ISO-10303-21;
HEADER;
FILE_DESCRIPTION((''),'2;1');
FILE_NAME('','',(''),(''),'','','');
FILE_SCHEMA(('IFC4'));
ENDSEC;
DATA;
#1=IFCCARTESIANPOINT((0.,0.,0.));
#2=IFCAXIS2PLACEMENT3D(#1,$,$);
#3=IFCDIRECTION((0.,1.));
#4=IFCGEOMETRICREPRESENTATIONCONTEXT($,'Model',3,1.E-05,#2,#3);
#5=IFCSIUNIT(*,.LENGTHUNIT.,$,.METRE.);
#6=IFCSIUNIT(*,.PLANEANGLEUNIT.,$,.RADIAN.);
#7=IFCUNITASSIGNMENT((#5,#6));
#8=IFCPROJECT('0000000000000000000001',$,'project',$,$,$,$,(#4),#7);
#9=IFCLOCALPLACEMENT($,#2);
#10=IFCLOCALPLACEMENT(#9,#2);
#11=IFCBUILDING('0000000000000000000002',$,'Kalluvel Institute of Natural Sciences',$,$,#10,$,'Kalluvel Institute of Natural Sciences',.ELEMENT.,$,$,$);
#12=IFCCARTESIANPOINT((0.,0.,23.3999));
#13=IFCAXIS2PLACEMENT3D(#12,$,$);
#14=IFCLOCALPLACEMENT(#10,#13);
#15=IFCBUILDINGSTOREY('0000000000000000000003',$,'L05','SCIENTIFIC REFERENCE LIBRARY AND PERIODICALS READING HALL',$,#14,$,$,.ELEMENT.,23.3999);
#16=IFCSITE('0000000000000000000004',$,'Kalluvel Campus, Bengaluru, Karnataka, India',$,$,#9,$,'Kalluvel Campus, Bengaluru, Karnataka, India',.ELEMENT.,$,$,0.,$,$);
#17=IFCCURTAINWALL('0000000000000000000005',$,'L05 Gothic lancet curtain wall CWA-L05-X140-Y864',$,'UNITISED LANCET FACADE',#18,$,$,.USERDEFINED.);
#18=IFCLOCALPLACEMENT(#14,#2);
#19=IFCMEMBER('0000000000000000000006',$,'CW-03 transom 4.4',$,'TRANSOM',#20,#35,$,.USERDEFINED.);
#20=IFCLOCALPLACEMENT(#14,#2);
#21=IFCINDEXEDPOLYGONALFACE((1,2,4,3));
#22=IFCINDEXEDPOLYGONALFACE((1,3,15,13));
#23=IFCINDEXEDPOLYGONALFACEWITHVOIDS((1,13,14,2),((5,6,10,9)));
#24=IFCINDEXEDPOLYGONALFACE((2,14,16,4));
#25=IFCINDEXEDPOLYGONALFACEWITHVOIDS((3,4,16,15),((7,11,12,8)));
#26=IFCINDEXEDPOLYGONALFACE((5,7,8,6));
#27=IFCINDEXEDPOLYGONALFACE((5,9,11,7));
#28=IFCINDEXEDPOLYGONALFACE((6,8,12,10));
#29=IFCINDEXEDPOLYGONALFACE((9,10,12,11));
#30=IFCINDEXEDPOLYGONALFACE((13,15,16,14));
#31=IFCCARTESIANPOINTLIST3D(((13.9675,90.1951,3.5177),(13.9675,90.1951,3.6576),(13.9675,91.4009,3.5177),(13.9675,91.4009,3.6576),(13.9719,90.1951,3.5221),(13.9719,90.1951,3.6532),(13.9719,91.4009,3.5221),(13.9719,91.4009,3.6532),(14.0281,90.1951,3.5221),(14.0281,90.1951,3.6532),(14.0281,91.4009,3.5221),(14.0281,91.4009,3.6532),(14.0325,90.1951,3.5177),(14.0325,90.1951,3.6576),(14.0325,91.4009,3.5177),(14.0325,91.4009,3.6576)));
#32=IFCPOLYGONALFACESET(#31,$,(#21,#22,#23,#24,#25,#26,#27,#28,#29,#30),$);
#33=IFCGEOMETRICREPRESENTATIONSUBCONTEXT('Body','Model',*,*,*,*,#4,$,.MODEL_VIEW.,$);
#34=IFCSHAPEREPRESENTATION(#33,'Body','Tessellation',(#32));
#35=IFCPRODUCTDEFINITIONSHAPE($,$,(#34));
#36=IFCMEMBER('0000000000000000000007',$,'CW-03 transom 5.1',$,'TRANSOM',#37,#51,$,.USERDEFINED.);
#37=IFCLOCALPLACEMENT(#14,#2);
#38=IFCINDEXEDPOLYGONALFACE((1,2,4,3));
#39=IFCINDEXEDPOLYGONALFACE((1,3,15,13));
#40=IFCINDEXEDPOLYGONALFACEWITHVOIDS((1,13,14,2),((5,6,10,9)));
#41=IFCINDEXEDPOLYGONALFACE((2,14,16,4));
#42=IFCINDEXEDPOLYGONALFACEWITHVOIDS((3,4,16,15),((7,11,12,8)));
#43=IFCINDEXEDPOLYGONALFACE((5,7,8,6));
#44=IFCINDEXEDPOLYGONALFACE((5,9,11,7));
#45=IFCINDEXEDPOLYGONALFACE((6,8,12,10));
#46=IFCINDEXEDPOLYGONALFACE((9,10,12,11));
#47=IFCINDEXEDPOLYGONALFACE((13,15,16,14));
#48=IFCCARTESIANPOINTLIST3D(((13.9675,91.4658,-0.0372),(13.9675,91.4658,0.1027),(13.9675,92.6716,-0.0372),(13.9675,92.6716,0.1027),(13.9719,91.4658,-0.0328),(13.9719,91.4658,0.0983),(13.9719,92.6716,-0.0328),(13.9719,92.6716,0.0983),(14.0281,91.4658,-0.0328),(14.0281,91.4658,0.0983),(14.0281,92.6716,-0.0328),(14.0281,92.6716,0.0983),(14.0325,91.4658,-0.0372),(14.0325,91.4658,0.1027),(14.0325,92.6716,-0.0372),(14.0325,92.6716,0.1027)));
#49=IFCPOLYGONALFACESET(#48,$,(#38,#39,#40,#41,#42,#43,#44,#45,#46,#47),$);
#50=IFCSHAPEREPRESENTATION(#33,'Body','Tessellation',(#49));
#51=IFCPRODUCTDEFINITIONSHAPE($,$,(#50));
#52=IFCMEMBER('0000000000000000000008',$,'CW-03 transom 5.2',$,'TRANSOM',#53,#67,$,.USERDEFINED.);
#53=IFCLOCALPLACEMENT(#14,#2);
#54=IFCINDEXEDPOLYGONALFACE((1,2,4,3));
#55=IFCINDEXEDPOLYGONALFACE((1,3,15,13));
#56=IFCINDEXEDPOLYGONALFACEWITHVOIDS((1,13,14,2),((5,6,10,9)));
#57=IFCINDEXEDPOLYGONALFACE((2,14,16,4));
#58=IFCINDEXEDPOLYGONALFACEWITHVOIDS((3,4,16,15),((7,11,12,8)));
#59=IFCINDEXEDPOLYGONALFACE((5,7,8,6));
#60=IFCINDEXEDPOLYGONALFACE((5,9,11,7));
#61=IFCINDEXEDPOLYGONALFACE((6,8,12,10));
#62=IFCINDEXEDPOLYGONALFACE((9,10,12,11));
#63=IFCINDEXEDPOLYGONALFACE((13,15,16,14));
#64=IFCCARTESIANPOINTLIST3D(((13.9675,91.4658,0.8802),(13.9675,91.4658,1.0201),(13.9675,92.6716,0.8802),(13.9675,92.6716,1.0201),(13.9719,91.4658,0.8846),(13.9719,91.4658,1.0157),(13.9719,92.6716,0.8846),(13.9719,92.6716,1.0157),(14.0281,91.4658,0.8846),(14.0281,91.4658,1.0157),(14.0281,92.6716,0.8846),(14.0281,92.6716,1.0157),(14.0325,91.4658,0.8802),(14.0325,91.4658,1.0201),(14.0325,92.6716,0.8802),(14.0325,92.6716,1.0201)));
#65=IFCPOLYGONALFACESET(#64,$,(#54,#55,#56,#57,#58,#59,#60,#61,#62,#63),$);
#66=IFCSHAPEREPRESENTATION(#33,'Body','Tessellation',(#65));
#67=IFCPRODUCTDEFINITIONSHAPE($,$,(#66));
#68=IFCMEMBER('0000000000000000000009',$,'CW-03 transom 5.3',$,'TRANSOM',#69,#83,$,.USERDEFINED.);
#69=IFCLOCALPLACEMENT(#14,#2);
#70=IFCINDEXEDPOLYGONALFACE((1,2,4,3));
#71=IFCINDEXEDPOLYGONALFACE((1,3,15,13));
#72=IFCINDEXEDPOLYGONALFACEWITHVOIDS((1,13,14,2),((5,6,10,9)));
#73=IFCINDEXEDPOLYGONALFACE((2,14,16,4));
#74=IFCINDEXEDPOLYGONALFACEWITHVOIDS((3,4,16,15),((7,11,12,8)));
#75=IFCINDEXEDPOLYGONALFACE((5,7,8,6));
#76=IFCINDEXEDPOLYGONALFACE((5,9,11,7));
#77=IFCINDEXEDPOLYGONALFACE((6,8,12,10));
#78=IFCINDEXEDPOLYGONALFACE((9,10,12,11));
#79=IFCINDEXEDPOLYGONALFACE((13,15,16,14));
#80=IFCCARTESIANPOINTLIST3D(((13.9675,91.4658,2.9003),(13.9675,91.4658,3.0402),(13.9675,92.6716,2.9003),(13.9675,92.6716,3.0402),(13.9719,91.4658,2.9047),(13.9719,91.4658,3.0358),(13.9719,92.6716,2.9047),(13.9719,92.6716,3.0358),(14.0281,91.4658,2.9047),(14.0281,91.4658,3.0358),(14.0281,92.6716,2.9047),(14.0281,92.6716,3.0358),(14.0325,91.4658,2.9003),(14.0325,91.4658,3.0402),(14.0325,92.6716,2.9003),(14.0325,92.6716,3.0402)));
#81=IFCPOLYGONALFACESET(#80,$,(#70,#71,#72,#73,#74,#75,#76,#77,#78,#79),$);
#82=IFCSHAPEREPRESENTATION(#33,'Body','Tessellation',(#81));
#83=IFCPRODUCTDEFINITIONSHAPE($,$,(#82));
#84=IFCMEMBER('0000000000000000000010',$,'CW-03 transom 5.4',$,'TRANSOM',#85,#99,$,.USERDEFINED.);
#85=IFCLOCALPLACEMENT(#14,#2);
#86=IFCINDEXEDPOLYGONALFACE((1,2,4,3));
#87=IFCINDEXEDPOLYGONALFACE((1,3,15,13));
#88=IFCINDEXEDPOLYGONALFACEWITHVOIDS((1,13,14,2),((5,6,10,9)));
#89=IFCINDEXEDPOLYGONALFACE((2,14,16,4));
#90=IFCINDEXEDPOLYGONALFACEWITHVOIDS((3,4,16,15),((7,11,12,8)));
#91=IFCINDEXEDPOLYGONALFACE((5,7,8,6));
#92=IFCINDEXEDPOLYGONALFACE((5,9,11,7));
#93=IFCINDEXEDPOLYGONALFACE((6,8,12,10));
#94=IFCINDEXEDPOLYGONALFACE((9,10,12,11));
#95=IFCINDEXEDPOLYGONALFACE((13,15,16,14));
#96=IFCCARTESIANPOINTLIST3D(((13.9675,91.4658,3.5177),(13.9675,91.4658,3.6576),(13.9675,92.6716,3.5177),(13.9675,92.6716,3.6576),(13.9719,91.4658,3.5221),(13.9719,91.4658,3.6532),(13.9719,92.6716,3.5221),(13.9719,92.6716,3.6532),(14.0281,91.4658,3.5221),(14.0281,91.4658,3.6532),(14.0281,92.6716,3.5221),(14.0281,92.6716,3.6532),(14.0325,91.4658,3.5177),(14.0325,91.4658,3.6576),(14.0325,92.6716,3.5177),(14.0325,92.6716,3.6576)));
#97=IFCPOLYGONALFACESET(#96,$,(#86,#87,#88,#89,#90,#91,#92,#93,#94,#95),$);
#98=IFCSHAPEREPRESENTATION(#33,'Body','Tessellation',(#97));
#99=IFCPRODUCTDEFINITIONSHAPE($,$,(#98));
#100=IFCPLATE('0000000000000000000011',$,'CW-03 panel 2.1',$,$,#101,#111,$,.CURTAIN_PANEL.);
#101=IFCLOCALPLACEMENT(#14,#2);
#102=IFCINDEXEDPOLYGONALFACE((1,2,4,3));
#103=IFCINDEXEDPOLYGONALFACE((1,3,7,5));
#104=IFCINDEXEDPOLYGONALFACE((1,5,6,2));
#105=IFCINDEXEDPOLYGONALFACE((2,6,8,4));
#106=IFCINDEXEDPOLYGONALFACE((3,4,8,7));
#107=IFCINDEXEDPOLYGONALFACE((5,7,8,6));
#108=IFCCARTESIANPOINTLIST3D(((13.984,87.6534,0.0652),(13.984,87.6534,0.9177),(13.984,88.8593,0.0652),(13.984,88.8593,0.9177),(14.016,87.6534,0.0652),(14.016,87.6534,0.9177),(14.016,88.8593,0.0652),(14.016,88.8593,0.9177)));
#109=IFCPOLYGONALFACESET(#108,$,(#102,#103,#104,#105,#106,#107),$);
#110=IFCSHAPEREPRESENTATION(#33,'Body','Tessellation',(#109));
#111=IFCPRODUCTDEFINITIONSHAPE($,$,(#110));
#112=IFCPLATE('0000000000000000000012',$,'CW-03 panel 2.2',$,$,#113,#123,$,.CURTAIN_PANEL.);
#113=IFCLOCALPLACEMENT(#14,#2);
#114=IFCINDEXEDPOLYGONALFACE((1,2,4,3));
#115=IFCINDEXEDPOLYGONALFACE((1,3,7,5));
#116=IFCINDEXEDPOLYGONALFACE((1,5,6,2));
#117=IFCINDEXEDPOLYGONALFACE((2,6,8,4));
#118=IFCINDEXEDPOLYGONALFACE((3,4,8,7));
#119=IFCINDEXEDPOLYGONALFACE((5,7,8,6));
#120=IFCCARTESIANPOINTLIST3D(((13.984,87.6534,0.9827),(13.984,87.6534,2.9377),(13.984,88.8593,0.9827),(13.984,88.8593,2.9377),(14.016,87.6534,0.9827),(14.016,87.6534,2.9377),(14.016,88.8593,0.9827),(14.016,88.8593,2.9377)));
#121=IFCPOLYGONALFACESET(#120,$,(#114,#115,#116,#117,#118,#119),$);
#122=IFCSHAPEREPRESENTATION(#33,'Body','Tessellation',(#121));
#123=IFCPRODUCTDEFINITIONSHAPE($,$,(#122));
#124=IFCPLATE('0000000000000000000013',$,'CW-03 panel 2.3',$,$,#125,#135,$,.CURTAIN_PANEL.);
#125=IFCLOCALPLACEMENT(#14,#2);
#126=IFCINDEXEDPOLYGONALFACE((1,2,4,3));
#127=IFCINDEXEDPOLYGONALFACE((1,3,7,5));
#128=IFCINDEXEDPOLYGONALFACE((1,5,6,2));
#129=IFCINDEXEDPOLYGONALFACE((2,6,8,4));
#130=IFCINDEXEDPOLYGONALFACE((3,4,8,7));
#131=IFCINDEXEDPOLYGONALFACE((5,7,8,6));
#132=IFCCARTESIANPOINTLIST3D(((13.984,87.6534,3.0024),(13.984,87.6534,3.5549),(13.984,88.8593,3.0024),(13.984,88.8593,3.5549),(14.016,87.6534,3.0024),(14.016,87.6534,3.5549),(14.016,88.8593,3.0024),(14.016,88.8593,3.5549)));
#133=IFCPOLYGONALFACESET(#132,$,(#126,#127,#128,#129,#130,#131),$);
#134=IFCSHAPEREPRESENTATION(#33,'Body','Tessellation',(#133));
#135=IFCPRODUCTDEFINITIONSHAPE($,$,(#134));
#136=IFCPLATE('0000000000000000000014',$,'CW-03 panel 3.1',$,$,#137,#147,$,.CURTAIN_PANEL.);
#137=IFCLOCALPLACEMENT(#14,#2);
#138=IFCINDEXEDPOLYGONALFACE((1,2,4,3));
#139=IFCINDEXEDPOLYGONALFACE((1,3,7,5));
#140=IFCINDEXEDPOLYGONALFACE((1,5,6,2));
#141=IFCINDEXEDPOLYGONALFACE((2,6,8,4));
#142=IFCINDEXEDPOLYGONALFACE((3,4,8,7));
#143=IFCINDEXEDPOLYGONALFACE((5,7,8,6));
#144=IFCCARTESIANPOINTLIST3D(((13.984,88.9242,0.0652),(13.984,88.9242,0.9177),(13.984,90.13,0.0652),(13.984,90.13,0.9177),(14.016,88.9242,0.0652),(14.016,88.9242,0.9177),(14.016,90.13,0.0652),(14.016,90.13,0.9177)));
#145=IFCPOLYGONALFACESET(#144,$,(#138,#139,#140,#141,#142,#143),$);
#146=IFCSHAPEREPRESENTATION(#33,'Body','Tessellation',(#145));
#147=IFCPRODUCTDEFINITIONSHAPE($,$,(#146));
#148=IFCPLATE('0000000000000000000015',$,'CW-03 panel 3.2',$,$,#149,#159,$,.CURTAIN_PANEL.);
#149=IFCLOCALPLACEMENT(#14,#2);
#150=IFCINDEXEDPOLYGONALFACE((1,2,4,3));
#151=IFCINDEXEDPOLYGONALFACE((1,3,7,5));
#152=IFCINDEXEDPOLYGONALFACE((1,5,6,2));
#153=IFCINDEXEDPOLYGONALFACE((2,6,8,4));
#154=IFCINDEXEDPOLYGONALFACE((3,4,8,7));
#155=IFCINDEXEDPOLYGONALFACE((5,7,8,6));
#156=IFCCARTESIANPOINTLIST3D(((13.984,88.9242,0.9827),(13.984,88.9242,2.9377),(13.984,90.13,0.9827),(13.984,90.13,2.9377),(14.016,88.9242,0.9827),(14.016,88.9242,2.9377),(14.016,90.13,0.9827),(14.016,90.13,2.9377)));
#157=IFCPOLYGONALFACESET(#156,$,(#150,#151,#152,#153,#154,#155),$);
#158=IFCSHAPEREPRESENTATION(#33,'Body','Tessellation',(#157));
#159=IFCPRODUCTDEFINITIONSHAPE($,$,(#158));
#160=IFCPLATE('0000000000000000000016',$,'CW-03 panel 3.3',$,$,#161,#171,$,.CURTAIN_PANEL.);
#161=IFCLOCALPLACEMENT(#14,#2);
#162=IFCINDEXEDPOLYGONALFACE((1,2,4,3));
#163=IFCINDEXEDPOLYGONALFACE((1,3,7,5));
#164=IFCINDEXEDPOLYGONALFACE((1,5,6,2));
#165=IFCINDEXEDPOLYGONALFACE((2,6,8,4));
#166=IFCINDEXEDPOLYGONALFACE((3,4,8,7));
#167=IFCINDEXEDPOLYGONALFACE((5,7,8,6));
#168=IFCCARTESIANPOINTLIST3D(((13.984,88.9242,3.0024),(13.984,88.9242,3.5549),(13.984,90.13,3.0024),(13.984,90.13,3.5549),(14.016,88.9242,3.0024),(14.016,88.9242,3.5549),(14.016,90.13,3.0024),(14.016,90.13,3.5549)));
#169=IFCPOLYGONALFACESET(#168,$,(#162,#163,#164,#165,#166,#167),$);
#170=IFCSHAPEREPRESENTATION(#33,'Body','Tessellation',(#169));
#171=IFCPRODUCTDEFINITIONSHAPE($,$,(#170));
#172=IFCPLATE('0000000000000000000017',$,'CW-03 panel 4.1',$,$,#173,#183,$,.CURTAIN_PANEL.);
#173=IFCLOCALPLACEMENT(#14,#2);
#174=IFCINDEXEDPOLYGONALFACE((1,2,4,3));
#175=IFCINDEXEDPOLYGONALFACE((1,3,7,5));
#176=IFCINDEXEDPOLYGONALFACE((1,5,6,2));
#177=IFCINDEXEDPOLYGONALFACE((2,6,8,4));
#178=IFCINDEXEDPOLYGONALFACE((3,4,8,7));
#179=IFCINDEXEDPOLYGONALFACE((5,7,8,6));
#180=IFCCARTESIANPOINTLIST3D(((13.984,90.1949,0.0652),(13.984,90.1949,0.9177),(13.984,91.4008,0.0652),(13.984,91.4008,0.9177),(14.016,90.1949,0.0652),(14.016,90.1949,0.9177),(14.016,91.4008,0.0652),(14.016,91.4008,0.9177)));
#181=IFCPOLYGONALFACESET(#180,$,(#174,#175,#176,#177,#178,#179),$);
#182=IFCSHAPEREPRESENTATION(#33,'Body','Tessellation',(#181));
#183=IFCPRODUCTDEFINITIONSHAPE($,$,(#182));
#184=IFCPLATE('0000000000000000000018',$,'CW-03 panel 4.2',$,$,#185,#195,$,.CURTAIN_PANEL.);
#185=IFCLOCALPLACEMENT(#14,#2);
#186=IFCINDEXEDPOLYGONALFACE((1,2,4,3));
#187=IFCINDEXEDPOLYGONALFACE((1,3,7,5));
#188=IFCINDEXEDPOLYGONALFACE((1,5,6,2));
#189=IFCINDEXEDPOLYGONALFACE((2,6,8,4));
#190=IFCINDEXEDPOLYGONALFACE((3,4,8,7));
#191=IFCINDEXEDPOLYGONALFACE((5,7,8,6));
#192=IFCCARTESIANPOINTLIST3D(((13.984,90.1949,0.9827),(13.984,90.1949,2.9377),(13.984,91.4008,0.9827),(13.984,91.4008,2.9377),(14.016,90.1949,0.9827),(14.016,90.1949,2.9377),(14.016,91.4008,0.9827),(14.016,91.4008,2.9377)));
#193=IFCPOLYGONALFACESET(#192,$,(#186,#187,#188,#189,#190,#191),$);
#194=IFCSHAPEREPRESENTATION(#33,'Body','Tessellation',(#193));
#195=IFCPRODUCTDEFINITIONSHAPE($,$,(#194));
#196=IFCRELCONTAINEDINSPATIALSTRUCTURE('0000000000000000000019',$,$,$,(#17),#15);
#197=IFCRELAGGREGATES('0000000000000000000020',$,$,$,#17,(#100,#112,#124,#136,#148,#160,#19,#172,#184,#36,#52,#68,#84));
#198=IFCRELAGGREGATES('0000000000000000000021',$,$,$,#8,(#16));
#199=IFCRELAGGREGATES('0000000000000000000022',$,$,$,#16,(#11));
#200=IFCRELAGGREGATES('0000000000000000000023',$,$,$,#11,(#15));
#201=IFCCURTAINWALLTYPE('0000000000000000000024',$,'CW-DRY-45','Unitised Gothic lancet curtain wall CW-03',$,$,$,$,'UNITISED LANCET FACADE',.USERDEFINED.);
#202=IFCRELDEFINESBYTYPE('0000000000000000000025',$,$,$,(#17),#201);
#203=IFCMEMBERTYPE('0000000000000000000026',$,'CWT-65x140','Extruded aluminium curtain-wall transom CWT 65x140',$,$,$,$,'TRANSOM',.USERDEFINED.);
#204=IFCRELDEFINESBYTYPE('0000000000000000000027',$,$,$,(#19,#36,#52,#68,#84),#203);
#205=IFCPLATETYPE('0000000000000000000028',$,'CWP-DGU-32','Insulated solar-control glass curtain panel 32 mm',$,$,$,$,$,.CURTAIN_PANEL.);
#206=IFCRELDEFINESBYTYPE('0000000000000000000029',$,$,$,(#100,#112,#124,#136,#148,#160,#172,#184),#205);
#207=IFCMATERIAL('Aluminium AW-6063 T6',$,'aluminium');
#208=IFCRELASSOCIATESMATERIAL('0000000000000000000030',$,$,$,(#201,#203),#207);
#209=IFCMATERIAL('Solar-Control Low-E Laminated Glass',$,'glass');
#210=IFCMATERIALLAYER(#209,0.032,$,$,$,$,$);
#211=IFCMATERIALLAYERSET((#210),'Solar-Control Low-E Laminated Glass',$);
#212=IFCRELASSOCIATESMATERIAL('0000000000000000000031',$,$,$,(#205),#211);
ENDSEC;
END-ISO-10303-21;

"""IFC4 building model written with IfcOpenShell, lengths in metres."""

from ifc_helpers import new_model, si_unit, direction, frame, origin, origin_2d, place, context, subcontext, project, spatial, rectangle, hollow_rectangle, extrude, material, layer, layer_set, material_profile, profile_set, type_object, element, aggregate, save


model = new_model("IFC4")

# Units and contexts
model_context = context("Model", 3, precision=1e-05, world=origin(), true_north=direction((0.0, 1.0)))
body_context = subcontext(model_context, "Body", "Model", "MODEL_VIEW")
ifc_project = project(units=[si_unit("LENGTHUNIT", "METRE"), si_unit("PLANEANGLEUNIT", "RADIAN")], contexts=[model_context])

# Site, building, storey
site_placement = place(None, origin())
site = spatial("IfcSite", under=ifc_project, at=site_placement, Name="Kalluvel Campus, Bengaluru, Karnataka, India", LongName="Kalluvel Campus, Bengaluru, Karnataka, India", CompositionType="ELEMENT", RefElevation=0.0)
building_placement = place(site_placement, origin())
building = spatial("IfcBuilding", under=site, at=building_placement, Name="Kalluvel Institute of Natural Sciences", LongName="Kalluvel Institute of Natural Sciences", CompositionType="ELEMENT")
storey_placement = place(building_placement, frame((0.0, 0.0, 23.3999)))
storey = spatial("IfcBuildingStorey", under=building, at=storey_placement, Name="L05", Description="SCIENTIFIC REFERENCE LIBRARY AND PERIODICALS READING HALL", CompositionType="ELEMENT", Elevation=23.3999)

# Curtain wall, members, plates
ifc_material_1 = material(Name="Aluminium AW-6063 T6", Category="aluminium")
curtain_wall_type = type_object("IfcCurtainWallType", Name="CW-DRY-45", Description="Unitised Gothic lancet curtain wall CW-03", ElementType="UNITISED LANCET FACADE", PredefinedType="USERDEFINED", material=ifc_material_1)
curtain_wall_placement = place(storey_placement, origin())
curtain_wall = element("IfcCurtainWall", 1, at=curtain_wall_placement, inside=storey, type_object=curtain_wall_type, Name="L05 Gothic lancet curtain wall CWA-L05-X140-Y864", ObjectType="UNITISED LANCET FACADE", PredefinedType="USERDEFINED")
ifc_material_profile_1 = material_profile(ifc_material_1, hollow_rectangle(XDim=0.0649, YDim=0.1399, WallThickness=0.0044, at=origin_2d()), Name="CWT 65x140")
ifc_profile_set_1 = profile_set([ifc_material_profile_1], Name="Aluminium AW-6063 T6")
member_type_1 = type_object("IfcMemberType", Name="CWT-65x140", Description="Extruded aluminium curtain-wall transom CWT 65x140", ElementType="TRANSOM", PredefinedType="USERDEFINED", material=ifc_profile_set_1)
member_1_placement = place(storey_placement, frame((14.0, 90.1951, 3.5876), z_axis=(0.0, 1.0, 0.0), x_axis=(-1.0, 0.0, 0.0)))
member_1 = element("IfcMember", 2, at=member_1_placement, type_object=member_type_1, Name="CW-03 transom 4.4", ObjectType="TRANSOM", PredefinedType="USERDEFINED", context=body_context, shape_type="SweptSolid", body=[
    extrude(hollow_rectangle(XDim=0.0649, YDim=0.1399, WallThickness=0.0044, at=origin_2d()), origin(), (0.0, 0.0, 1.0), 1.2058),
])
member_2_placement = place(storey_placement, frame((14.0, 91.4658, 0.0327), z_axis=(0.0, 1.0, 0.0), x_axis=(-1.0, 0.0, 0.0)))
member_2 = element("IfcMember", 3, at=member_2_placement, type_object=member_type_1, Name="CW-03 transom 5.1", ObjectType="TRANSOM", PredefinedType="USERDEFINED", context=body_context, shape_type="SweptSolid", body=[
    extrude(hollow_rectangle(XDim=0.0649, YDim=0.1399, WallThickness=0.0044, at=origin_2d()), origin(), (0.0, 0.0, 1.0), 1.2058),
])
member_3_placement = place(storey_placement, frame((14.0, 91.4658, 0.9502), z_axis=(0.0, 1.0, 0.0), x_axis=(-1.0, 0.0, 0.0)))
member_3 = element("IfcMember", 4, at=member_3_placement, type_object=member_type_1, Name="CW-03 transom 5.2", ObjectType="TRANSOM", PredefinedType="USERDEFINED", context=body_context, shape_type="SweptSolid", body=[
    extrude(hollow_rectangle(XDim=0.0649, YDim=0.1399, WallThickness=0.0044, at=origin_2d()), origin(), (0.0, 0.0, 1.0), 1.2058),
])
member_4_placement = place(storey_placement, frame((14.0, 91.4658, 2.9702), z_axis=(0.0, 1.0, 0.0), x_axis=(-1.0, 0.0, 0.0)))
member_4 = element("IfcMember", 5, at=member_4_placement, type_object=member_type_1, Name="CW-03 transom 5.3", ObjectType="TRANSOM", PredefinedType="USERDEFINED", context=body_context, shape_type="SweptSolid", body=[
    extrude(hollow_rectangle(XDim=0.0649, YDim=0.1399, WallThickness=0.0044, at=origin_2d()), origin(), (0.0, 0.0, 1.0), 1.2058),
])
member_5_placement = place(storey_placement, frame((14.0, 91.4658, 3.5876), z_axis=(0.0, 1.0, 0.0), x_axis=(-1.0, 0.0, 0.0)))
member_5 = element("IfcMember", 6, at=member_5_placement, type_object=member_type_1, Name="CW-03 transom 5.4", ObjectType="TRANSOM", PredefinedType="USERDEFINED", context=body_context, shape_type="SweptSolid", body=[
    extrude(hollow_rectangle(XDim=0.0649, YDim=0.1399, WallThickness=0.0044, at=origin_2d()), origin(), (0.0, 0.0, 1.0), 1.2058),
])
ifc_material_2 = material(Name="Solar-Control Low-E Laminated Glass", Category="glass")
ifc_layer_1 = layer(ifc_material_2, 0.032)
ifc_layer_set_1 = layer_set([ifc_layer_1], Name="Solar-Control Low-E Laminated Glass")
plate_type = type_object("IfcPlateType", Name="CWP-DGU-32", Description="Insulated solar-control glass curtain panel 32 mm", PredefinedType="CURTAIN_PANEL", material=ifc_layer_set_1)
plate_1_placement = place(storey_placement, frame((14.0, 88.2563, 0.0652), z_axis=(0.0, 0.0, 1.0), x_axis=(0.0, 1.0, 0.0)))
plate_1 = element("IfcPlate", 7, at=plate_1_placement, type_object=plate_type, Name="CW-03 panel 2.1", PredefinedType="CURTAIN_PANEL", context=body_context, shape_type="SweptSolid", body=[
    extrude(rectangle(XDim=1.2058, YDim=0.032, at=origin_2d()), origin(), (0.0, 0.0, 1.0), 0.8525),
])
plate_2_placement = place(storey_placement, frame((14.0, 88.2563, 0.9827), z_axis=(0.0, 0.0, 1.0), x_axis=(0.0, 1.0, 0.0)))
plate_2 = element("IfcPlate", 8, at=plate_2_placement, type_object=plate_type, Name="CW-03 panel 2.2", PredefinedType="CURTAIN_PANEL", context=body_context, shape_type="SweptSolid", body=[
    extrude(rectangle(XDim=1.2058, YDim=0.032, at=origin_2d()), origin(), (0.0, 0.0, 1.0), 1.9551),
])
plate_3_placement = place(storey_placement, frame((14.0, 88.2563, 3.0024), z_axis=(0.0, 0.0, 1.0), x_axis=(0.0, 1.0, 0.0)))
plate_3 = element("IfcPlate", 9, at=plate_3_placement, type_object=plate_type, Name="CW-03 panel 2.3", PredefinedType="CURTAIN_PANEL", context=body_context, shape_type="SweptSolid", body=[
    extrude(rectangle(XDim=1.2058, YDim=0.032, at=origin_2d()), origin(), (0.0, 0.0, 1.0), 0.5525),
])
plate_4_placement = place(storey_placement, frame((14.0, 89.5271, 0.0652), z_axis=(0.0, 0.0, 1.0), x_axis=(0.0, 1.0, 0.0)))
plate_4 = element("IfcPlate", 10, at=plate_4_placement, type_object=plate_type, Name="CW-03 panel 3.1", PredefinedType="CURTAIN_PANEL", context=body_context, shape_type="SweptSolid", body=[
    extrude(rectangle(XDim=1.2058, YDim=0.032, at=origin_2d()), origin(), (0.0, 0.0, 1.0), 0.8525),
])
plate_5_placement = place(storey_placement, frame((14.0, 89.5271, 0.9827), z_axis=(0.0, 0.0, 1.0), x_axis=(0.0, 1.0, 0.0)))
plate_5 = element("IfcPlate", 11, at=plate_5_placement, type_object=plate_type, Name="CW-03 panel 3.2", PredefinedType="CURTAIN_PANEL", context=body_context, shape_type="SweptSolid", body=[
    extrude(rectangle(XDim=1.2058, YDim=0.032, at=origin_2d()), origin(), (0.0, 0.0, 1.0), 1.9551),
])
plate_6_placement = place(storey_placement, frame((14.0, 89.5271, 3.0024), z_axis=(0.0, 0.0, 1.0), x_axis=(0.0, 1.0, 0.0)))
plate_6 = element("IfcPlate", 12, at=plate_6_placement, type_object=plate_type, Name="CW-03 panel 3.3", PredefinedType="CURTAIN_PANEL", context=body_context, shape_type="SweptSolid", body=[
    extrude(rectangle(XDim=1.2058, YDim=0.032, at=origin_2d()), origin(), (0.0, 0.0, 1.0), 0.5525),
])
plate_7_placement = place(storey_placement, frame((14.0, 90.7979, 0.0652), z_axis=(0.0, 0.0, 1.0), x_axis=(0.0, 1.0, 0.0)))
plate_7 = element("IfcPlate", 13, at=plate_7_placement, type_object=plate_type, Name="CW-03 panel 4.1", PredefinedType="CURTAIN_PANEL", context=body_context, shape_type="SweptSolid", body=[
    extrude(rectangle(XDim=1.2058, YDim=0.032, at=origin_2d()), origin(), (0.0, 0.0, 1.0), 0.8525),
])
plate_8_placement = place(storey_placement, frame((14.0, 90.7979, 0.9827), z_axis=(0.0, 0.0, 1.0), x_axis=(0.0, 1.0, 0.0)))
plate_8 = element("IfcPlate", 14, at=plate_8_placement, type_object=plate_type, Name="CW-03 panel 4.2", PredefinedType="CURTAIN_PANEL", context=body_context, shape_type="SweptSolid", body=[
    extrude(rectangle(XDim=1.2058, YDim=0.032, at=origin_2d()), origin(), (0.0, 0.0, 1.0), 1.9551),
])
aggregate(curtain_wall, [plate_1, plate_2, plate_3, plate_4, plate_5, plate_6, member_1, plate_7, plate_8, member_2, member_3, member_4, member_5])

save(model, "model.ifc")
